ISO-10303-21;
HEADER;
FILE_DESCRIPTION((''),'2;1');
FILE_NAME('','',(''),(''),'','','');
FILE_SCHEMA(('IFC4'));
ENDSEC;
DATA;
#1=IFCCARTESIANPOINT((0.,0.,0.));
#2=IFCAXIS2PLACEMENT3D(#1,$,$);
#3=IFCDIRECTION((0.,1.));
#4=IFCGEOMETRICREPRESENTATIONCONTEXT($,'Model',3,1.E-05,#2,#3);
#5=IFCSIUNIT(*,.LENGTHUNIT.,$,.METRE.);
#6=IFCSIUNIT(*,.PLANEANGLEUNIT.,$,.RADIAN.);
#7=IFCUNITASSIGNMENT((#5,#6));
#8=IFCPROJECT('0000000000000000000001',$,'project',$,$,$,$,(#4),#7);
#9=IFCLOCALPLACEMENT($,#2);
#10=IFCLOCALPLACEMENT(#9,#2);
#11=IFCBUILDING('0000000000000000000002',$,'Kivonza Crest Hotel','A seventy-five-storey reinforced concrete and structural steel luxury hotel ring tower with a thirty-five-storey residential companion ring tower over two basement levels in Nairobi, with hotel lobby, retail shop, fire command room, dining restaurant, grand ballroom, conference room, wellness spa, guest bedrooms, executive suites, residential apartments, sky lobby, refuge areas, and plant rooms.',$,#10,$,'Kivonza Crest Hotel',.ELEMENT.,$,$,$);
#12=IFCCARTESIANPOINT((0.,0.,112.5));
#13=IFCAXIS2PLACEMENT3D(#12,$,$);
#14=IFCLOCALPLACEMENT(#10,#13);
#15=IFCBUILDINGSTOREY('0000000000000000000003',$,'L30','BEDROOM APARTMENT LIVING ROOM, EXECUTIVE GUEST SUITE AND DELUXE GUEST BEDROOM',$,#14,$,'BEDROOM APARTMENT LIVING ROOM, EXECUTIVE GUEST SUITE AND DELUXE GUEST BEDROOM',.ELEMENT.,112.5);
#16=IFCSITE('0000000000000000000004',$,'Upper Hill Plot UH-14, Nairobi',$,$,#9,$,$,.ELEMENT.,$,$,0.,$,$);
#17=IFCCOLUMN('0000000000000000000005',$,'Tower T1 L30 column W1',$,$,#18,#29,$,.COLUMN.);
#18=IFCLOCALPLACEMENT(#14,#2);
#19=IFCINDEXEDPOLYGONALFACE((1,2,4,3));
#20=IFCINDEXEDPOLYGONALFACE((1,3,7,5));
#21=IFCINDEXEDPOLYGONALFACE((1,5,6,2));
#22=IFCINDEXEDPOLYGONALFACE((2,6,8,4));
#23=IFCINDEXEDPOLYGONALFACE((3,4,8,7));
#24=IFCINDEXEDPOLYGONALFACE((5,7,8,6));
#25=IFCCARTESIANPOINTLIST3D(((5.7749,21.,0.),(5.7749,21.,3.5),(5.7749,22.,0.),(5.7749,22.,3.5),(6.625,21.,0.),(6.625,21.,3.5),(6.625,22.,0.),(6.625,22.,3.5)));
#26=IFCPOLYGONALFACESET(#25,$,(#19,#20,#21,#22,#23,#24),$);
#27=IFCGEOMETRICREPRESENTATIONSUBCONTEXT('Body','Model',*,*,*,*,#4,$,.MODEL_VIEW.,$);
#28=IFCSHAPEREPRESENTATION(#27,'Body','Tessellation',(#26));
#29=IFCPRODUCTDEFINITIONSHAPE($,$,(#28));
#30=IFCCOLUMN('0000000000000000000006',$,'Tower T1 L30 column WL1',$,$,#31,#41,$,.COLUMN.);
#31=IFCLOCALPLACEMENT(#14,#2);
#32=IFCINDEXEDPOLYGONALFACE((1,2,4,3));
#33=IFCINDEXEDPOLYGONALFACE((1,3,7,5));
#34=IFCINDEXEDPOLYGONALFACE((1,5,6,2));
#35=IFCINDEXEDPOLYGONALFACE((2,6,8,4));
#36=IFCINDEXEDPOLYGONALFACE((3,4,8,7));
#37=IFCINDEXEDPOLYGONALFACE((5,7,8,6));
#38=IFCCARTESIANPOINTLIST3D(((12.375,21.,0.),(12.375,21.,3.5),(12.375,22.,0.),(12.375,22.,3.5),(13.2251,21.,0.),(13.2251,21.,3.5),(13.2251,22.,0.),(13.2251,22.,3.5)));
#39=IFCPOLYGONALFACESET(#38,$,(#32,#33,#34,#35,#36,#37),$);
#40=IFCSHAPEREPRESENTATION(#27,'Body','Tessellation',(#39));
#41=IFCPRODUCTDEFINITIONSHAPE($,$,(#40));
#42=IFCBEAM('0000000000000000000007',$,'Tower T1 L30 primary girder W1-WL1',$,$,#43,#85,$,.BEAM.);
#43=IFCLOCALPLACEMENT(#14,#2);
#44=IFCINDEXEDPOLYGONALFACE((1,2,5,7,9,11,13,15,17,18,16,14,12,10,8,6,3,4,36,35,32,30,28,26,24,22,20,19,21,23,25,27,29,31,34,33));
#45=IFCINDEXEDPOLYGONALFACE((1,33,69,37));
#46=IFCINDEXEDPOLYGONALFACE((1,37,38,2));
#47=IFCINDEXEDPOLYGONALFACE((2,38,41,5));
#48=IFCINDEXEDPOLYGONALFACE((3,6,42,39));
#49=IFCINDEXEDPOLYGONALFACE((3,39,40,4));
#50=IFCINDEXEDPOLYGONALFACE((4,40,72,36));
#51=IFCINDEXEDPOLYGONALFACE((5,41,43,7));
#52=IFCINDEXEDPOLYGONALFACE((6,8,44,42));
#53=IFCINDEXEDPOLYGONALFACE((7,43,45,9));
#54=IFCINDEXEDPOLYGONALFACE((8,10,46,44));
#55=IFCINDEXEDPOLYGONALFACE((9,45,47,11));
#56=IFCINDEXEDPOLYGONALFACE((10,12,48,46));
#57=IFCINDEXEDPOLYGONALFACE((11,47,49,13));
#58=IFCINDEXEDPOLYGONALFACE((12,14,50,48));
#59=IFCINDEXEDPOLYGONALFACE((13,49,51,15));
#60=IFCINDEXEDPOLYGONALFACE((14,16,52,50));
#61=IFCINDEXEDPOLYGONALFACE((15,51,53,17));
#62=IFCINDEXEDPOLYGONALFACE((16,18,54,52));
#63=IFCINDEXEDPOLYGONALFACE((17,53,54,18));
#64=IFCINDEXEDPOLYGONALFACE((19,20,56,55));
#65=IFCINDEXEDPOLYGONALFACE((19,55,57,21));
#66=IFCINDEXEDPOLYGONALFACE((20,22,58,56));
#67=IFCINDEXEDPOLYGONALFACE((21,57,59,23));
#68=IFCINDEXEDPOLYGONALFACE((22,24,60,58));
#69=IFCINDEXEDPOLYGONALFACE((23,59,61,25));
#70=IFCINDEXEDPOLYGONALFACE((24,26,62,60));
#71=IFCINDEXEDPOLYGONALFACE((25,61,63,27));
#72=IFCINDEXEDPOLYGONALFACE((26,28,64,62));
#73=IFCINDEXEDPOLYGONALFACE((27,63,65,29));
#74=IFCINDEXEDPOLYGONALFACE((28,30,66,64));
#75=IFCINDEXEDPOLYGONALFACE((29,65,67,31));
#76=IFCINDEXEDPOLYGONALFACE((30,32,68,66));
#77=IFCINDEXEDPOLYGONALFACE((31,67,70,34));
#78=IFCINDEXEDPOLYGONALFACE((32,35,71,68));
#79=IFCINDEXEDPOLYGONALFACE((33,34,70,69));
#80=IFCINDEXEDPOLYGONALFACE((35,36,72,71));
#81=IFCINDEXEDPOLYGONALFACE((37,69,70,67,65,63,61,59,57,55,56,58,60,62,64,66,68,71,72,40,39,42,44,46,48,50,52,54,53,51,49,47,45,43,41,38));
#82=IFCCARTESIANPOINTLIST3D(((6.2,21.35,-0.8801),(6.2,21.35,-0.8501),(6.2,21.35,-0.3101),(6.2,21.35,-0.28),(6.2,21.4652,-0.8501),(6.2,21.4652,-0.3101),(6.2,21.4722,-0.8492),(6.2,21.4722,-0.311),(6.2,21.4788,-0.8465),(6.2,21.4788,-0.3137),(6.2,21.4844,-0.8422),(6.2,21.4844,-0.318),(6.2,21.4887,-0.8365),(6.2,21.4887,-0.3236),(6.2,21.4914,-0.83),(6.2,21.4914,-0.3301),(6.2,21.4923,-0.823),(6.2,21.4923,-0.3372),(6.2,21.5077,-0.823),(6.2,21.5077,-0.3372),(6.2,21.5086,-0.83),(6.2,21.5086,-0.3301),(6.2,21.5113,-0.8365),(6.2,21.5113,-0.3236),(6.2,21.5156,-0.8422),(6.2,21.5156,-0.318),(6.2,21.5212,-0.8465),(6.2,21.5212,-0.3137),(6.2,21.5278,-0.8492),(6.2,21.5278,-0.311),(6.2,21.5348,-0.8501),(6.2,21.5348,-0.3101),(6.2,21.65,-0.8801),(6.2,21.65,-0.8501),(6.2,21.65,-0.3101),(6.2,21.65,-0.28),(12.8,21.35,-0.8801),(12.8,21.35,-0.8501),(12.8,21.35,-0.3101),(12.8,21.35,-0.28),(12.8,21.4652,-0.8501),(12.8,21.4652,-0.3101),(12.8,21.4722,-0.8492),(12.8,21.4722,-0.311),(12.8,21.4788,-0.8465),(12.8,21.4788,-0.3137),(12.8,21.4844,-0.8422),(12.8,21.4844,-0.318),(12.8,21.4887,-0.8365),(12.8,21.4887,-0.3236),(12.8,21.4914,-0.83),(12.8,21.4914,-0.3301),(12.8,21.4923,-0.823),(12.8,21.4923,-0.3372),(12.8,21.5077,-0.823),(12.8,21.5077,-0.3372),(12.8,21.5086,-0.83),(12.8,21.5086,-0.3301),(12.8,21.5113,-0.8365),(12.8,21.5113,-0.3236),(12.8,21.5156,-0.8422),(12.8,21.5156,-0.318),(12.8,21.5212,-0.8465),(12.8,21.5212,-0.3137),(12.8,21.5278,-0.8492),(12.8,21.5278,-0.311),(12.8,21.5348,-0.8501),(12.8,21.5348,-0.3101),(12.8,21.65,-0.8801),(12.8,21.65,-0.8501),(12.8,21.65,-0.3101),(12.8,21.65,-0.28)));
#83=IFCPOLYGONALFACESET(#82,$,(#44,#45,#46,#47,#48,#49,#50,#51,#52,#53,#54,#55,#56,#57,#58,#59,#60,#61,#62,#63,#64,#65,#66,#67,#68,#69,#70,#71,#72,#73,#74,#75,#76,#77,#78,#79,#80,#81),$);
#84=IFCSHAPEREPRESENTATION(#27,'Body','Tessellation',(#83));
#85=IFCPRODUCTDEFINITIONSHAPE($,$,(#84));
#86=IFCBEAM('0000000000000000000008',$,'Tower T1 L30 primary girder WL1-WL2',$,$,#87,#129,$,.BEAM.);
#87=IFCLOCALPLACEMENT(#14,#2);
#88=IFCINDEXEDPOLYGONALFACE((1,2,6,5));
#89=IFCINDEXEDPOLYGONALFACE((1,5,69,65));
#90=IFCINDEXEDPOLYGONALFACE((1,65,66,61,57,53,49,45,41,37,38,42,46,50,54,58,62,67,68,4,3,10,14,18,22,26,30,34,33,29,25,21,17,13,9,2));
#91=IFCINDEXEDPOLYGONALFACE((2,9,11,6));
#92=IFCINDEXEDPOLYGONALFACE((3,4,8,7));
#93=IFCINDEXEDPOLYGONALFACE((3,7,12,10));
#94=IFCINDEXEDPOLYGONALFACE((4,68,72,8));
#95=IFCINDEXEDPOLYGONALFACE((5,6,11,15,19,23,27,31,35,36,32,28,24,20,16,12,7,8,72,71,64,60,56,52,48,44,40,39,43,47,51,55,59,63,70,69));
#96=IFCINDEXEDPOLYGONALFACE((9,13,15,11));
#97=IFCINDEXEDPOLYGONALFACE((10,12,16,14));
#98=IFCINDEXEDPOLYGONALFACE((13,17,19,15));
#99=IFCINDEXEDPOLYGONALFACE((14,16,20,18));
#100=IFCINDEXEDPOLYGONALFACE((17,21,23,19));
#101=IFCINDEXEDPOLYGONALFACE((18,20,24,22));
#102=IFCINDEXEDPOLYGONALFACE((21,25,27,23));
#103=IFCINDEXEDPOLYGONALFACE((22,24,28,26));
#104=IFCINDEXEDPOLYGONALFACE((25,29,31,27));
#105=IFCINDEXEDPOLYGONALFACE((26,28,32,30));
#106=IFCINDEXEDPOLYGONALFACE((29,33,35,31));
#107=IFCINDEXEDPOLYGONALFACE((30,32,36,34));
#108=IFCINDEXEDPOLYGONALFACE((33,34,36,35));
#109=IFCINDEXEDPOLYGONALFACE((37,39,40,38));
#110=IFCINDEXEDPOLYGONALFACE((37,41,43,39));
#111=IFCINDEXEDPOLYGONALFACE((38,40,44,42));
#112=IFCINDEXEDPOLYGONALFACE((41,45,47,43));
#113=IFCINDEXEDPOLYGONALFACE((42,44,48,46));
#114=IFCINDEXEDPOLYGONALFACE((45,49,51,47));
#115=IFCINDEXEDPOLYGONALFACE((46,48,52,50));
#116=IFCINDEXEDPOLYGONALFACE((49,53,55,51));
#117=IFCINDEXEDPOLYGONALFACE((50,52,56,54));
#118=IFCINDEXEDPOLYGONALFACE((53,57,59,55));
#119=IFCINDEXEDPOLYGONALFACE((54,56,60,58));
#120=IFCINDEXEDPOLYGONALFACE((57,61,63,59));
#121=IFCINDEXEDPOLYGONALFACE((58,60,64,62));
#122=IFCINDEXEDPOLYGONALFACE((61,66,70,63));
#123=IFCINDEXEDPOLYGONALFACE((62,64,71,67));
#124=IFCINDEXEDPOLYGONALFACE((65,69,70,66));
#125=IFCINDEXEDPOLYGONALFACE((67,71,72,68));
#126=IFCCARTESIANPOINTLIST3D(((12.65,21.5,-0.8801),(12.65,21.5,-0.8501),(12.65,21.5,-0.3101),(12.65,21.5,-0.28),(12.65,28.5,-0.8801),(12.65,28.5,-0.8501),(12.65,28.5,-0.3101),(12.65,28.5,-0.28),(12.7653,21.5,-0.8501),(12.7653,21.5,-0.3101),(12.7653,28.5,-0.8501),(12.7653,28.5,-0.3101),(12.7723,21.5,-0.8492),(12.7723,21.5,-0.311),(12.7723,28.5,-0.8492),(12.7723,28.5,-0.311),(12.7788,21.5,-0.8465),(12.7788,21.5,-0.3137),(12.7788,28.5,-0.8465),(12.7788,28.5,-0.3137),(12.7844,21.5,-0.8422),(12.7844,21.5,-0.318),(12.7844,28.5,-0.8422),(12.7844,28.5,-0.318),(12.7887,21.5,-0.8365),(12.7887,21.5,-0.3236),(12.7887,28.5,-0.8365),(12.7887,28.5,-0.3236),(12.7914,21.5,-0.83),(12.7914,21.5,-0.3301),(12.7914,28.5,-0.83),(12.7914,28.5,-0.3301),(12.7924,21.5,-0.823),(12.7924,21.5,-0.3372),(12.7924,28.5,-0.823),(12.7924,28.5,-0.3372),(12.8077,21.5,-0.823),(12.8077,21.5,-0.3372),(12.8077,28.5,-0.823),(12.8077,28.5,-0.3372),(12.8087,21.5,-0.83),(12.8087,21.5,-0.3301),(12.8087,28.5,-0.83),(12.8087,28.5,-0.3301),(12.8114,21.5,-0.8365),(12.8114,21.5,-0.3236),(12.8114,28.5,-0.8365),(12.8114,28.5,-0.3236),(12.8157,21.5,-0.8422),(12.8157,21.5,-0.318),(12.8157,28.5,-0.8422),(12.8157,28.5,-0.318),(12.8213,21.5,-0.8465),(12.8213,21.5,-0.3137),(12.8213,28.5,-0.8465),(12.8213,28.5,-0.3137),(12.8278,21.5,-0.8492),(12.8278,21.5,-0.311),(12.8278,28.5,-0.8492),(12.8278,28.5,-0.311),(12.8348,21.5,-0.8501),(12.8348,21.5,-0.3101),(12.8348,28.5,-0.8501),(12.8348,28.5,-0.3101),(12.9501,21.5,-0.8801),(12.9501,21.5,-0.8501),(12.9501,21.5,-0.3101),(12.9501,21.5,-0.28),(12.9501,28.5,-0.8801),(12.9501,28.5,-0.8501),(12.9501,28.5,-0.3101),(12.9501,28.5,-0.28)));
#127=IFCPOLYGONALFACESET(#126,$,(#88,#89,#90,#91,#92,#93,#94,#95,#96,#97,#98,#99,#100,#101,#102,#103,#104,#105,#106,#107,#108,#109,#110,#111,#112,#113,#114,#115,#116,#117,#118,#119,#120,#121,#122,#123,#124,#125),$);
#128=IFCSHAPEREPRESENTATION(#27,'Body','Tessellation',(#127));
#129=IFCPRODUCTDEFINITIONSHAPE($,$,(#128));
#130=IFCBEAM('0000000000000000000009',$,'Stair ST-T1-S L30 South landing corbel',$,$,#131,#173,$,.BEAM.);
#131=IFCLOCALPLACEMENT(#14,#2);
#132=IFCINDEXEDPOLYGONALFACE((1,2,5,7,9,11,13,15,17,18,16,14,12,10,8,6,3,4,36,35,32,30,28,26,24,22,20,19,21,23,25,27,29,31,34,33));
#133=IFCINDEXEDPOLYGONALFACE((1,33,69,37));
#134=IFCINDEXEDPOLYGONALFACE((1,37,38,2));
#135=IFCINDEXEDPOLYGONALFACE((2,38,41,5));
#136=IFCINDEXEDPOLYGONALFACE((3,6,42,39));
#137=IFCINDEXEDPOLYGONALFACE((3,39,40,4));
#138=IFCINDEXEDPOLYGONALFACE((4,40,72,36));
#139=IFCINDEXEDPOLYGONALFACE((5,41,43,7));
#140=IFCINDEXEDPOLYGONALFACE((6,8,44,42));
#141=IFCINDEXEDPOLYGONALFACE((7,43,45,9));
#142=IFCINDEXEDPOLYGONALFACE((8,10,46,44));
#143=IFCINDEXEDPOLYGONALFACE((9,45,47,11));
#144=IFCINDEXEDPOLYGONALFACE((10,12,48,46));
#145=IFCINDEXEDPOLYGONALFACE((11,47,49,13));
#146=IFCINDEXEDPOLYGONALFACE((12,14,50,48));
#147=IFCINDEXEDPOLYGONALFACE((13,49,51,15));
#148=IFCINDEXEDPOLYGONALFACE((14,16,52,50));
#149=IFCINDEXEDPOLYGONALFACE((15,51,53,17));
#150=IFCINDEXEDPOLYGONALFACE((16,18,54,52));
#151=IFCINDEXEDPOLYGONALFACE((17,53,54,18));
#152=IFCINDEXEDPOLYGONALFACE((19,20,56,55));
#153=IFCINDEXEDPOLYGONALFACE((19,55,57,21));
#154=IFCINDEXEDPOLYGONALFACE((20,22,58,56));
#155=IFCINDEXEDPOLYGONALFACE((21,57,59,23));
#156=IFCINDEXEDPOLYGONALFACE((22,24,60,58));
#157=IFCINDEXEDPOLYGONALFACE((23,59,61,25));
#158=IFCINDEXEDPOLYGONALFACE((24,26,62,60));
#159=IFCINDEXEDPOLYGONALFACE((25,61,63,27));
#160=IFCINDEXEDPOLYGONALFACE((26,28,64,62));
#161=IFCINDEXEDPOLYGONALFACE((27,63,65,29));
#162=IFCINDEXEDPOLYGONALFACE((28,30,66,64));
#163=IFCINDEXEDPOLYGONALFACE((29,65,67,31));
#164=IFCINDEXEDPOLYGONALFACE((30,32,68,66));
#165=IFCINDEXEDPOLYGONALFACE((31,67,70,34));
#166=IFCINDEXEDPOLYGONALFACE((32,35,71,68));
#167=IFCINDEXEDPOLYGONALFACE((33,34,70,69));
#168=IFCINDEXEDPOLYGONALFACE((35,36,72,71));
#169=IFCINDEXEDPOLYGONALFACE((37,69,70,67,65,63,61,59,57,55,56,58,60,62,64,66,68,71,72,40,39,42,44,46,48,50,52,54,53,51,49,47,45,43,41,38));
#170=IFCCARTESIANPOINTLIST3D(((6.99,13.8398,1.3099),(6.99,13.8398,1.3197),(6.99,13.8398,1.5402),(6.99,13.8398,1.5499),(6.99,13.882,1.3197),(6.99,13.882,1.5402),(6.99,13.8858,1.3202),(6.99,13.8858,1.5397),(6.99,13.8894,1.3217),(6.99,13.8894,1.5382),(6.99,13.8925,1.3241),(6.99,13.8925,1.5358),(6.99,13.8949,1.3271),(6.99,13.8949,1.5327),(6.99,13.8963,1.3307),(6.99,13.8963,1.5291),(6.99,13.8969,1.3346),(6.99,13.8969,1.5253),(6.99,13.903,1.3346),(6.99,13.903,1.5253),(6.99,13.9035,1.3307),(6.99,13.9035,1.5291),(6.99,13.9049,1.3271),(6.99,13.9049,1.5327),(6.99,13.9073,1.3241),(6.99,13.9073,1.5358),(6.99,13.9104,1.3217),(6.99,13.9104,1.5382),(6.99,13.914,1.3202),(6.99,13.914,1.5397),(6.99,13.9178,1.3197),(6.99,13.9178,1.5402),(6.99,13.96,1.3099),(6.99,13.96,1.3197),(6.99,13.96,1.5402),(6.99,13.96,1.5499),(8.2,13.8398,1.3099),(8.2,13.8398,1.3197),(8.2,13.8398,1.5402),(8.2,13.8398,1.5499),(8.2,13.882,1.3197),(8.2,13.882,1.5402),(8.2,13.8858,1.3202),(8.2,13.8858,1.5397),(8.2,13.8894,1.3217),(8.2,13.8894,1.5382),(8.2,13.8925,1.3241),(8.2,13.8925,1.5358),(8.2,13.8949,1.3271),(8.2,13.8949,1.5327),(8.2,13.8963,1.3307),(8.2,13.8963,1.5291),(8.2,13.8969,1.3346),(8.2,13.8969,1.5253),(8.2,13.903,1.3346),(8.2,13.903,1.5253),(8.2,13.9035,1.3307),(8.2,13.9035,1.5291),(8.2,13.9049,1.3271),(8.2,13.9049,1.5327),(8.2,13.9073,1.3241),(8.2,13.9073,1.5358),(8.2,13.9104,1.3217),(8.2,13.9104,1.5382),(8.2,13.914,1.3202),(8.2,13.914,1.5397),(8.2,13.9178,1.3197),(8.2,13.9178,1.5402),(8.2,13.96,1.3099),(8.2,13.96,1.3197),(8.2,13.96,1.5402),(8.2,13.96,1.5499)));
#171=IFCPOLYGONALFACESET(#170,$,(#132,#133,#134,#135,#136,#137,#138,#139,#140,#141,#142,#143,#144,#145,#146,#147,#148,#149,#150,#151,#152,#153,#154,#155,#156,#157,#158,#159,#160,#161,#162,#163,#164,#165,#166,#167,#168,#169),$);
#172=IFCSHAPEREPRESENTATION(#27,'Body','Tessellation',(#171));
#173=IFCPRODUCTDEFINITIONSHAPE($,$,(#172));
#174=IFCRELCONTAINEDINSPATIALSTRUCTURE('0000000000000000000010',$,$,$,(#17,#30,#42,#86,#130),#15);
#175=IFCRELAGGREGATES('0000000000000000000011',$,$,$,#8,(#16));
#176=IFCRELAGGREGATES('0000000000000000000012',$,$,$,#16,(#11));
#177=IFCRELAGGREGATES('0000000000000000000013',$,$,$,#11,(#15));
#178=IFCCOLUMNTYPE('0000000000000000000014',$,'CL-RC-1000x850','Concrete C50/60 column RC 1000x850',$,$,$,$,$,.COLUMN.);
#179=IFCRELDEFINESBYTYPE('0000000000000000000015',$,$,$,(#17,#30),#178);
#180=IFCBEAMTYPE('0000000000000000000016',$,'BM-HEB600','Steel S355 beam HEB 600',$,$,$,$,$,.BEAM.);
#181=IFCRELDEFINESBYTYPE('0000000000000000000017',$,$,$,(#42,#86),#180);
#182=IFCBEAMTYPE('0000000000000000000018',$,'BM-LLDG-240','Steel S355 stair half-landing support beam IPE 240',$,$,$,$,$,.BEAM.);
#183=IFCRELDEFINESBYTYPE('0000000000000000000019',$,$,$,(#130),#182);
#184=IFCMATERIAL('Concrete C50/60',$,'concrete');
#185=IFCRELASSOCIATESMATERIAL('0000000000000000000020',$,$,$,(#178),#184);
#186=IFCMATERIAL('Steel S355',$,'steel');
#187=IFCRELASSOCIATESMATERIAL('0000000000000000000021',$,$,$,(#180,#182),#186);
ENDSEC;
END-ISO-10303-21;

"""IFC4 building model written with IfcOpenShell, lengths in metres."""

from ifc_helpers import new_model, si_unit, direction, frame, origin, origin_2d, place, context, subcontext, project, spatial, rectangle, i_section, extrude, material, material_profile, profile_set, type_object, element, save


model = new_model("IFC4")

# Units and contexts
model_context = context("Model", 3, precision=1e-05, world=origin(), true_north=direction((0.0, 1.0)))
body_context = subcontext(model_context, "Body", "Model", "MODEL_VIEW")
ifc_project = project(units=[si_unit("LENGTHUNIT", "METRE"), si_unit("PLANEANGLEUNIT", "RADIAN")], contexts=[model_context])

# Site, building, storey
site_placement = place(None, origin())
site = spatial("IfcSite", under=ifc_project, at=site_placement, Name="Upper Hill Plot UH-14, Nairobi", CompositionType="ELEMENT", RefElevation=0.0)
building_placement = place(site_placement, origin())
building = spatial("IfcBuilding", under=site, at=building_placement, Name="Kivonza Crest Hotel", Description="A seventy-five-storey reinforced concrete and structural steel luxury hotel ring tower with a thirty-five-storey residential companion ring tower over two basement levels in Nairobi, with hotel lobby, retail shop, fire command room, dining restaurant, grand ballroom, conference room, wellness spa, guest bedrooms, executive suites, residential apartments, sky lobby, refuge areas, and plant rooms.", LongName="Kivonza Crest Hotel", CompositionType="ELEMENT")
storey_placement = place(building_placement, frame((0.0, 0.0, 112.5)))
storey = spatial("IfcBuildingStorey", under=building, at=storey_placement, Name="L30", Description="BEDROOM APARTMENT LIVING ROOM, EXECUTIVE GUEST SUITE AND DELUXE GUEST BEDROOM", LongName="BEDROOM APARTMENT LIVING ROOM, EXECUTIVE GUEST SUITE AND DELUXE GUEST BEDROOM", CompositionType="ELEMENT", Elevation=112.5)

# Columns
ifc_material_1 = material(Name="Concrete C50/60", Category="concrete")
ifc_material_profile_1 = material_profile(ifc_material_1, rectangle(XDim=0.8501, YDim=1.0, at=origin_2d()), Name="RC 1000x850")
ifc_profile_set_1 = profile_set([ifc_material_profile_1], Name="Concrete C50/60")
column_type = type_object("IfcColumnType", Name="CL-RC-1000x850", Description="Concrete C50/60 column RC 1000x850", PredefinedType="COLUMN", material=ifc_profile_set_1)
for number, where, z_axis, x_axis, name in (
    (1, (6.2, 21.5, 0.0), (0.0, 0.0, 1.0), (1.0, 0.0, 0.0), "Tower T1 L30 column W1"),
    (2, (12.8, 21.5, 0.0), (0.0, 0.0, 1.0), (1.0, 0.0, 0.0), "Tower T1 L30 column WL1"),
):
    element("IfcColumn", number, at=place(storey_placement, frame(where, z_axis=z_axis, x_axis=x_axis)), inside=storey, type_object=column_type, Name=name, PredefinedType="COLUMN", context=body_context, shape_type="SweptSolid", body=[
        extrude(rectangle(XDim=0.8501, YDim=1.0, at=origin_2d()), origin(), (0.0, 0.0, 1.0), 3.5),
    ])

# Beams
ifc_material_2 = material(Name="Steel S355", Category="steel")
ifc_material_profile_2 = material_profile(ifc_material_2, i_section(OverallWidth=0.3, OverallDepth=0.6001, WebThickness=0.0154, FlangeThickness=0.03, FilletRadius=0.0271, at=origin_2d()), Name="HEB 600")
ifc_profile_set_2 = profile_set([ifc_material_profile_2], Name="Steel S355")
beam_type_1 = type_object("IfcBeamType", Name="BM-HEB600", Description="Steel S355 beam HEB 600", PredefinedType="BEAM", material=ifc_profile_set_2)
beam_1_placement = place(storey_placement, frame((6.2, 21.5, -0.5801), z_axis=(1.0, 0.0, 0.0), x_axis=(0.0, 1.0, 0.0)))
element("IfcBeam", 3, at=beam_1_placement, inside=storey, type_object=beam_type_1, Name="Tower T1 L30 primary girder W1-WL1", PredefinedType="BEAM", context=body_context, shape_type="SweptSolid", body=[
    extrude(i_section(OverallWidth=0.3, OverallDepth=0.6001, WebThickness=0.0154, FlangeThickness=0.03, FilletRadius=0.0271, at=origin_2d()), origin(), (0.0, 0.0, 1.0), 6.6001),
])
beam_2_placement = place(storey_placement, frame((12.8, 21.5, -0.5801), z_axis=(0.0, 1.0, 0.0), x_axis=(-1.0, 0.0, 0.0)))
element("IfcBeam", 4, at=beam_2_placement, inside=storey, type_object=beam_type_1, Name="Tower T1 L30 primary girder WL1-WL2", PredefinedType="BEAM", context=body_context, shape_type="SweptSolid", body=[
    extrude(i_section(OverallWidth=0.3, OverallDepth=0.6001, WebThickness=0.0154, FlangeThickness=0.03, FilletRadius=0.0271, at=origin_2d()), origin(), (0.0, 0.0, 1.0), 7.0),
])
ifc_material_profile_3 = material_profile(ifc_material_2, i_section(OverallWidth=0.1201, OverallDepth=0.24, WebThickness=0.0061, FlangeThickness=0.0098, FilletRadius=0.0149, at=origin_2d()), Name="IPE 240")
ifc_profile_set_3 = profile_set([ifc_material_profile_3], Name="Steel S355")
beam_type_2 = type_object("IfcBeamType", Name="BM-LLDG-240", Description="Steel S355 stair half-landing support beam IPE 240", PredefinedType="BEAM", material=ifc_profile_set_3)
for number, where, z_axis, x_axis, name in (
    (5, (6.99, 13.8999, 1.4299), (1.0, 0.0, 0.0), (0.0, 1.0, 0.0), "Stair ST-T1-S L30 South landing corbel"),
):
    element("IfcBeam", number, at=place(storey_placement, frame(where, z_axis=z_axis, x_axis=x_axis)), inside=storey, type_object=beam_type_2, Name=name, PredefinedType="BEAM", context=body_context, shape_type="SweptSolid", body=[
        extrude(i_section(OverallWidth=0.1201, OverallDepth=0.24, WebThickness=0.0061, FlangeThickness=0.0098, FilletRadius=0.0149, at=origin_2d()), origin(), (0.0, 0.0, 1.0), 1.21),
    ])

save(model, "model.ifc")
